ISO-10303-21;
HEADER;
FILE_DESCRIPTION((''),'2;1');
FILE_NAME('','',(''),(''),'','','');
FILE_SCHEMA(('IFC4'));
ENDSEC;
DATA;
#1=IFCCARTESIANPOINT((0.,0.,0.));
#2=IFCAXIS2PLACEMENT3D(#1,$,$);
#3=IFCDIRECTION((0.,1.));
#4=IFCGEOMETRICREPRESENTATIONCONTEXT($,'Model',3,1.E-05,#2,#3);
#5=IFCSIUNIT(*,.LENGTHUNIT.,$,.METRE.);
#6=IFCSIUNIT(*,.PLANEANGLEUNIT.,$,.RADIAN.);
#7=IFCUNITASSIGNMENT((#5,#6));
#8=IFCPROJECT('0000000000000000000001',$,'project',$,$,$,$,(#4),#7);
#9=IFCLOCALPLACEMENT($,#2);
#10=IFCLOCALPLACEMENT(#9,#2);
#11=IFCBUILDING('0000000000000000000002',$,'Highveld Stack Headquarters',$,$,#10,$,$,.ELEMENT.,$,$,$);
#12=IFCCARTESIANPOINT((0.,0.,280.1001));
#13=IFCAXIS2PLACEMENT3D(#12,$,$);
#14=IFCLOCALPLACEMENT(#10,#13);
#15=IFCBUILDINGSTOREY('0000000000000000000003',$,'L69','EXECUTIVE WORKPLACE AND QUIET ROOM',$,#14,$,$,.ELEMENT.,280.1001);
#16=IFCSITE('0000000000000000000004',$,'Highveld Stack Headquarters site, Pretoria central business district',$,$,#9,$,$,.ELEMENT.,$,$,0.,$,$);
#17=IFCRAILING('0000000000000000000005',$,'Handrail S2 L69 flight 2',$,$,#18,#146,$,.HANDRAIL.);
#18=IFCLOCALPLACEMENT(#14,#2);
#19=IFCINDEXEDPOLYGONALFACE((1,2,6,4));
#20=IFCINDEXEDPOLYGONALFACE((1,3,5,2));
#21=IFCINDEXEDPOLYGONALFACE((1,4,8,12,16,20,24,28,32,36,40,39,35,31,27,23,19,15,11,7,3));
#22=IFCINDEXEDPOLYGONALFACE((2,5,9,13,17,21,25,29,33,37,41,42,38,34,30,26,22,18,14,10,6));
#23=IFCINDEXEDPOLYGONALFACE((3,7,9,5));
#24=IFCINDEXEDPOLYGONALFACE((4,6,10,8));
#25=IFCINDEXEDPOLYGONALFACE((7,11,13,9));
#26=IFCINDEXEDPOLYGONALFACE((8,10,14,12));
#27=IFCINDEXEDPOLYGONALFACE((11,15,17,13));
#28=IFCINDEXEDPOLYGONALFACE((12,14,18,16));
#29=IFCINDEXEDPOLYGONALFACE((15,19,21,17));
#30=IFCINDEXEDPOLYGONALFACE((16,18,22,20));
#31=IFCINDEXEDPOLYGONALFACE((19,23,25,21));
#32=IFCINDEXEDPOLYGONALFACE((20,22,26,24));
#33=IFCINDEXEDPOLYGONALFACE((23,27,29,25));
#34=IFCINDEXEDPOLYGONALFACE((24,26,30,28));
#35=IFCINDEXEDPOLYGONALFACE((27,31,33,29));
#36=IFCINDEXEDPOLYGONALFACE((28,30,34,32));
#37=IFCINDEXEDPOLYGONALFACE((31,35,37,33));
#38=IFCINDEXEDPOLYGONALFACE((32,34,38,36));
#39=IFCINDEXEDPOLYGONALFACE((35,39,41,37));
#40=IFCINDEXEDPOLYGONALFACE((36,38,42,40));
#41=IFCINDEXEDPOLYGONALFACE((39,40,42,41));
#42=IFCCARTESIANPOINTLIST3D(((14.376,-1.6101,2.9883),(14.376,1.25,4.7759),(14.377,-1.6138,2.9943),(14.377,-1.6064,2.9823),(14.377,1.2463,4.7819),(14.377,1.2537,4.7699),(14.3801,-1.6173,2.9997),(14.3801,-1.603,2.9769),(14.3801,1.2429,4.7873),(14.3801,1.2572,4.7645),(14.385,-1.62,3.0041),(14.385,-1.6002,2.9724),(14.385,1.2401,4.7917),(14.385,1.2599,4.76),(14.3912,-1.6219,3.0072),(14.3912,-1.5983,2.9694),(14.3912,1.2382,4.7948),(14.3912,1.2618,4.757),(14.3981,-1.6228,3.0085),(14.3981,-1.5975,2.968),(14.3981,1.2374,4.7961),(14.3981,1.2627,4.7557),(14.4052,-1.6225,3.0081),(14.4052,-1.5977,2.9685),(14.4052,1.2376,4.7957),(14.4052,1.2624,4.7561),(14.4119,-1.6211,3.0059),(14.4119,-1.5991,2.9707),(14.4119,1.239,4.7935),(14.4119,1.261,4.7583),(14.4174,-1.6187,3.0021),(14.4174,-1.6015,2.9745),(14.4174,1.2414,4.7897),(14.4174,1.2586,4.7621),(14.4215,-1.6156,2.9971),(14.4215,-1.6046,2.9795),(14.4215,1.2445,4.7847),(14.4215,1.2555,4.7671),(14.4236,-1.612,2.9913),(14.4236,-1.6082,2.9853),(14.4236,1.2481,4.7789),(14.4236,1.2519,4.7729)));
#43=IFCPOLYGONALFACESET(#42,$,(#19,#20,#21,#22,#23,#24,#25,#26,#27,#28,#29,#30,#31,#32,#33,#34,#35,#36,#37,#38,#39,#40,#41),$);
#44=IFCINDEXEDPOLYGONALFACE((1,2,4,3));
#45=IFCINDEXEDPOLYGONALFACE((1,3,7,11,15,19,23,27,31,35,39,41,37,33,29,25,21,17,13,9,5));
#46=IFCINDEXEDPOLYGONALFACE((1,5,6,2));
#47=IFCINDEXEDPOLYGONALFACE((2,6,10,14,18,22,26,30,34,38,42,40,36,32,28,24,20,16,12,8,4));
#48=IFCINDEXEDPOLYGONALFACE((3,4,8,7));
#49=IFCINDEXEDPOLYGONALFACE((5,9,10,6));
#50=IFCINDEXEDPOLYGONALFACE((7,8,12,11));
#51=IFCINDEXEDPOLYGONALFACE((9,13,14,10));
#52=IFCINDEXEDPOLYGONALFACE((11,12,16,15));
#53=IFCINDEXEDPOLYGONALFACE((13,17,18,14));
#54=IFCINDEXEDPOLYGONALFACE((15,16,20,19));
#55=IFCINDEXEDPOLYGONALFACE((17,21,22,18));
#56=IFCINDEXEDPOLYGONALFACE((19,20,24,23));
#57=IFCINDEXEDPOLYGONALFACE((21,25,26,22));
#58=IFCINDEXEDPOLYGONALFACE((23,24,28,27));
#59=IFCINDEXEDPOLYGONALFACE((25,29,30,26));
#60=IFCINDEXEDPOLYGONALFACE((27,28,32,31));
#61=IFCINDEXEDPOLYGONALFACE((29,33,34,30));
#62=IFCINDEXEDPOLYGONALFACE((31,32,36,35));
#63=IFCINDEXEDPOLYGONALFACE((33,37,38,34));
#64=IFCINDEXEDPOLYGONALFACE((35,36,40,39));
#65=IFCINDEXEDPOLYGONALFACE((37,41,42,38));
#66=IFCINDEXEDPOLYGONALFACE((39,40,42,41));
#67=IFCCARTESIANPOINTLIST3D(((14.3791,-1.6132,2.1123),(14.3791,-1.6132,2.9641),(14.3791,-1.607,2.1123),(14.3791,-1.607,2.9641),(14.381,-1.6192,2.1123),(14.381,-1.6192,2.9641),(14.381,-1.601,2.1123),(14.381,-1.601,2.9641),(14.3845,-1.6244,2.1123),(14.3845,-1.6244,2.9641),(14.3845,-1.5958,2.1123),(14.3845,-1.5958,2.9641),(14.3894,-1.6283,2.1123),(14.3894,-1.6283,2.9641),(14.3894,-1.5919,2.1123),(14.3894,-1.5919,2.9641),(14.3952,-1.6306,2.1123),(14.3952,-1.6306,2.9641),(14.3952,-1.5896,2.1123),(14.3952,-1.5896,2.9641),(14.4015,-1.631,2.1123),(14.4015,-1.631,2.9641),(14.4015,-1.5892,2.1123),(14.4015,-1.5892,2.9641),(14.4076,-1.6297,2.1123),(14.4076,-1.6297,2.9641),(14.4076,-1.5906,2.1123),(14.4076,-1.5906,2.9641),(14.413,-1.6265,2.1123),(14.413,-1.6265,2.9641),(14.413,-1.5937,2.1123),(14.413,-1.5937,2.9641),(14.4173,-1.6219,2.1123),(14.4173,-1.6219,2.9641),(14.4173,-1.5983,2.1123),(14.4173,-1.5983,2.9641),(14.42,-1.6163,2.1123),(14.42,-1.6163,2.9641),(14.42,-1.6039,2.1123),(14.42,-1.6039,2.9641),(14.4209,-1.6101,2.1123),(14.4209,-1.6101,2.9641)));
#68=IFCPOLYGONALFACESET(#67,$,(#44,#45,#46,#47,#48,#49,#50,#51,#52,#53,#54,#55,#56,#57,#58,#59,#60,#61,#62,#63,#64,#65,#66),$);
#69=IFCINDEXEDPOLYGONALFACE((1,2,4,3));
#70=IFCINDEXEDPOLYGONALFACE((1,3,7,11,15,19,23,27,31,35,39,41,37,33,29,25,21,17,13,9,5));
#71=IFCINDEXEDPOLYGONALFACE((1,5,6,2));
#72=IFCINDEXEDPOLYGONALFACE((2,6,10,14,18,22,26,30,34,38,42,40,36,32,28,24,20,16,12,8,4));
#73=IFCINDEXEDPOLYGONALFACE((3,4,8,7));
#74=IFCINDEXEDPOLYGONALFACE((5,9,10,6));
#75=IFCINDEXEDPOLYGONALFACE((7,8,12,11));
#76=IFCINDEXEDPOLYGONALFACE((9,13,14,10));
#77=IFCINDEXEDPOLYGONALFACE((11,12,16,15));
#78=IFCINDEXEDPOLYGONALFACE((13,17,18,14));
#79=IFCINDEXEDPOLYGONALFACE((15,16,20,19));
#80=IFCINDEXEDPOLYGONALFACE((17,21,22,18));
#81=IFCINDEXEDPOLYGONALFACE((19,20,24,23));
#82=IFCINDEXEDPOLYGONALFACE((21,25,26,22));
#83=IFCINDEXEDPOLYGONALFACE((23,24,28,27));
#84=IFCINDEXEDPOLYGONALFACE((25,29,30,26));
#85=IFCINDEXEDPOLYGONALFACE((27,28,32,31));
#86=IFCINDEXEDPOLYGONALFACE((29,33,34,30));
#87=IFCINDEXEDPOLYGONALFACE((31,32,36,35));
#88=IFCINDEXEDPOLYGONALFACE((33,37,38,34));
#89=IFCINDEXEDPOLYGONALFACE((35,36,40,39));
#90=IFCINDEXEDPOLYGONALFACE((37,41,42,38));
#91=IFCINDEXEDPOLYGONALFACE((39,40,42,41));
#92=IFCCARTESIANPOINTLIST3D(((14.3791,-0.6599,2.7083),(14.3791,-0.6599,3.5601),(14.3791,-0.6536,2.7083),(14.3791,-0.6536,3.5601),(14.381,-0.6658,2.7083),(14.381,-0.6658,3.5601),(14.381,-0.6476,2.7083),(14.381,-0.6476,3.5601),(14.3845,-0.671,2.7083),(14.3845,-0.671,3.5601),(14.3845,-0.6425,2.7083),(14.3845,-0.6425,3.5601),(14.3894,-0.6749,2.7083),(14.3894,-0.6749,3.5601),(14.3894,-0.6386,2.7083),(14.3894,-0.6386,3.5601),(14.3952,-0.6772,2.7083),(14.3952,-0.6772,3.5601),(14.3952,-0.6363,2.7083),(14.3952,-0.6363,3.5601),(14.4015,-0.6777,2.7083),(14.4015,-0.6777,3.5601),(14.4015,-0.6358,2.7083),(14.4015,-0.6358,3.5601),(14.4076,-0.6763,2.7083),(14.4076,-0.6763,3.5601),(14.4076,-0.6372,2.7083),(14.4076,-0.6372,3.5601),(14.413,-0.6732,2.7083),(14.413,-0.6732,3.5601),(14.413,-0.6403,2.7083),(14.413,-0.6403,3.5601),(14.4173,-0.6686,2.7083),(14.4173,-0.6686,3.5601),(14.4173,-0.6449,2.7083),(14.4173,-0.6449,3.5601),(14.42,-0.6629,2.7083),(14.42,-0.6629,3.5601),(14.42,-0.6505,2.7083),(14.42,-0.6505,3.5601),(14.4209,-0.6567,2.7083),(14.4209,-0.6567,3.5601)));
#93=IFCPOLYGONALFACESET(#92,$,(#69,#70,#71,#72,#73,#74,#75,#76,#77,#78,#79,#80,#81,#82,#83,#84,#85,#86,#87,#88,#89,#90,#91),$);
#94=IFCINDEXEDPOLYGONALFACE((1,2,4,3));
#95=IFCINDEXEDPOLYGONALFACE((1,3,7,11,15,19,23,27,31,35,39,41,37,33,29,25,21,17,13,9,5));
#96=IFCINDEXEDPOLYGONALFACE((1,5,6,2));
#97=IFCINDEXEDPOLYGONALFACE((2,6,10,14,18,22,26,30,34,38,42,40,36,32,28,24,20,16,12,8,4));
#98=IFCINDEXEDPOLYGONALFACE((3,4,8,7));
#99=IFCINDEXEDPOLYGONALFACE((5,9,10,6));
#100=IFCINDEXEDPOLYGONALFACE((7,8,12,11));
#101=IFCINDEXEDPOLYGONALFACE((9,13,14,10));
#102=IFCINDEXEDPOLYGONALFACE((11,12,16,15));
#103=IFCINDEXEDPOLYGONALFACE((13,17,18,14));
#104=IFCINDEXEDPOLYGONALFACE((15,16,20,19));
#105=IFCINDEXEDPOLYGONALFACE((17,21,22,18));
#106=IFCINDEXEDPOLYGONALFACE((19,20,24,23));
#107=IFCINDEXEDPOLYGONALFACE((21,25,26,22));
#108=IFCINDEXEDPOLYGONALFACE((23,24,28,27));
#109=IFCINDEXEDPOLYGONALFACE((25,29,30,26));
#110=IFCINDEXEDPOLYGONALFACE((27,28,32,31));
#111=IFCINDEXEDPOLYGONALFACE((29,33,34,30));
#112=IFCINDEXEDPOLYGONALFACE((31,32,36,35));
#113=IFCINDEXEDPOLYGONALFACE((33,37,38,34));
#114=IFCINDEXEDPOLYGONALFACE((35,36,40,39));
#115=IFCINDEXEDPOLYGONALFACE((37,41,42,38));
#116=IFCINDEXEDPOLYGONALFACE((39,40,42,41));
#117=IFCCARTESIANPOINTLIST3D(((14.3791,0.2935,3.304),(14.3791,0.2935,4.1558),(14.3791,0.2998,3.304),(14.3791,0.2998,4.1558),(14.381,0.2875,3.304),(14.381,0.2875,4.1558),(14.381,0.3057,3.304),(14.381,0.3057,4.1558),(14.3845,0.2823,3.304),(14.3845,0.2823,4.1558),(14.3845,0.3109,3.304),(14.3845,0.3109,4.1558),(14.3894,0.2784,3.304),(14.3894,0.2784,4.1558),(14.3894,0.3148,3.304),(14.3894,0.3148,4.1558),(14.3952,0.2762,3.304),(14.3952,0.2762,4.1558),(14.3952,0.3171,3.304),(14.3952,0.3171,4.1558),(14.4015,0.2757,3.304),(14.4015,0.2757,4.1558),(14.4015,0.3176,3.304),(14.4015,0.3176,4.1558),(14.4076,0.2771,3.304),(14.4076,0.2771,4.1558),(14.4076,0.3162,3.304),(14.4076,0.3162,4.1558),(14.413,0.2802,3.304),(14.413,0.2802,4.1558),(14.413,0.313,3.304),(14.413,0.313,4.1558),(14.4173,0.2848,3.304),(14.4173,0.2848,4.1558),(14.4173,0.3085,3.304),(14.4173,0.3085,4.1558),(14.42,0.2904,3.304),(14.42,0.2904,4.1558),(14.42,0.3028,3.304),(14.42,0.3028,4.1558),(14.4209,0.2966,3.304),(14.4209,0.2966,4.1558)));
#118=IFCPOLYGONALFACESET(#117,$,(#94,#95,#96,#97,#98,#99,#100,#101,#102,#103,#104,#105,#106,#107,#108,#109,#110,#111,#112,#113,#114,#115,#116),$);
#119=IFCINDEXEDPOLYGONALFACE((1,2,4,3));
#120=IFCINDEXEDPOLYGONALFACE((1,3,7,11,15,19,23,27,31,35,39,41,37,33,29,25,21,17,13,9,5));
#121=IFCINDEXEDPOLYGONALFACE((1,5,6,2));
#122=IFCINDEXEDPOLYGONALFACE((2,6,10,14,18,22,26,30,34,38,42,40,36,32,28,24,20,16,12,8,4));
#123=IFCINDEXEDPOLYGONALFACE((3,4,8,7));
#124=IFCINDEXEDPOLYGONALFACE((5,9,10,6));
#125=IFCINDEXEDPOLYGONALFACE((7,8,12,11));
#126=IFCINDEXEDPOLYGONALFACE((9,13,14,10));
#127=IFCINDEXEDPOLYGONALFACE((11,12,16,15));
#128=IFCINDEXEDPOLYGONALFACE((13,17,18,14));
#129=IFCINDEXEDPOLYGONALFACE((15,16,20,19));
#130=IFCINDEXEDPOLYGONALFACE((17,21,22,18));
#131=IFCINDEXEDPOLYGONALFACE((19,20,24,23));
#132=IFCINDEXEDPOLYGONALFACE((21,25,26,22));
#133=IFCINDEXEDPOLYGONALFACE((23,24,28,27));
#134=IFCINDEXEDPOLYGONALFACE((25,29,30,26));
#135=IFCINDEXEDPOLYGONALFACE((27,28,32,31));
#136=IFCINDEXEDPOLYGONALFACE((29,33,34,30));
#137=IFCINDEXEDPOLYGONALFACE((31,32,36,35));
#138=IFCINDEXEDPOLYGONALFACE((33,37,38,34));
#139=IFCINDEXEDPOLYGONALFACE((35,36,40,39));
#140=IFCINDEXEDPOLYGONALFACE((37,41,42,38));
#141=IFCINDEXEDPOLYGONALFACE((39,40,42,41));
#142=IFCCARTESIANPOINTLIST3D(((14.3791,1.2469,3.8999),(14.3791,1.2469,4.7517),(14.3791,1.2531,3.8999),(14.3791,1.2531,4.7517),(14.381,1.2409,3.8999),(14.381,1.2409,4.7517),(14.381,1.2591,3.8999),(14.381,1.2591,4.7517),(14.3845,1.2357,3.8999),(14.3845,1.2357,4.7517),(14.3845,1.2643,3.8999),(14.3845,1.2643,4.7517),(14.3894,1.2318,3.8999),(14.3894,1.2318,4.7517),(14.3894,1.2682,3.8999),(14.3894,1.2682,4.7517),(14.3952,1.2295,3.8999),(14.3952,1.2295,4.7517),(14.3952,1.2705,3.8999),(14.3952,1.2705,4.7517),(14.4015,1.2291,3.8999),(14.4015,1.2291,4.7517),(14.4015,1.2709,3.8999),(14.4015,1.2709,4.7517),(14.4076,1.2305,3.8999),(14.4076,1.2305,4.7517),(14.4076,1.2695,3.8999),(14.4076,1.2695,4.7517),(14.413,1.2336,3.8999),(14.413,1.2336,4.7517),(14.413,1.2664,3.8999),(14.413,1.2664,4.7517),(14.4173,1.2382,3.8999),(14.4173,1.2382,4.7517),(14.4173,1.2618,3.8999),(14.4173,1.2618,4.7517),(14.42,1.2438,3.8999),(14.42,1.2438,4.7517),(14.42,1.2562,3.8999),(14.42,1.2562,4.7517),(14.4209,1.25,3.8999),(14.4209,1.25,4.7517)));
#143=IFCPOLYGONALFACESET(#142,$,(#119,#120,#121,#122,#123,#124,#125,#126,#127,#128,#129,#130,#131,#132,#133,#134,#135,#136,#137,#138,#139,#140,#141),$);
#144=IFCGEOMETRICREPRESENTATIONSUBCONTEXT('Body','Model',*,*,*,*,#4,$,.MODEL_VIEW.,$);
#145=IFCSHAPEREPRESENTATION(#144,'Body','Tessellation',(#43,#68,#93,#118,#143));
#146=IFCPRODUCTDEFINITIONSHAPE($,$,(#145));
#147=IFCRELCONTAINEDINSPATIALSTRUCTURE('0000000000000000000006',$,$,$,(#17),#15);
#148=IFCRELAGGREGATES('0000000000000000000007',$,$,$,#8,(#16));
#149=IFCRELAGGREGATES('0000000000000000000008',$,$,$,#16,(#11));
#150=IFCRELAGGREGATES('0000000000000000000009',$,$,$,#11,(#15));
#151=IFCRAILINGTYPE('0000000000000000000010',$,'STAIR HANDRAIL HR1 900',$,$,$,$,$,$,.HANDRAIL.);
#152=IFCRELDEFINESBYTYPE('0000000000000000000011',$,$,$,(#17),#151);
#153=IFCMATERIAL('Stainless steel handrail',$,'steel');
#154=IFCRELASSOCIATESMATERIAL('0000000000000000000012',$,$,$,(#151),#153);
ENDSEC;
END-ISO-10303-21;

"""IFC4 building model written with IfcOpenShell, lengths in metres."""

from ifc_helpers import new_model, si_unit, direction, frame, origin, origin_2d, place, context, subcontext, project, spatial, circle, extrude, material, type_object, element, save


model = new_model("IFC4")

# Units and contexts
model_context = context("Model", 3, precision=1e-05, world=origin(), true_north=direction((0.0, 1.0)))
body_context = subcontext(model_context, "Body", "Model", "MODEL_VIEW")
ifc_project = project(units=[si_unit("LENGTHUNIT", "METRE"), si_unit("PLANEANGLEUNIT", "RADIAN")], contexts=[model_context])

# Site, building, storey
site_placement = place(None, origin())
site = spatial("IfcSite", under=ifc_project, at=site_placement, Name="Highveld Stack Headquarters site, Pretoria central business district", CompositionType="ELEMENT", RefElevation=0.0)
building_placement = place(site_placement, origin())
building = spatial("IfcBuilding", under=site, at=building_placement, Name="Highveld Stack Headquarters", CompositionType="ELEMENT")
storey_placement = place(building_placement, frame((0.0, 0.0, 280.1001)))
storey = spatial("IfcBuildingStorey", under=building, at=storey_placement, Name="L69", Description="EXECUTIVE WORKPLACE AND QUIET ROOM", CompositionType="ELEMENT", Elevation=280.1001)

# Railing
ifc_material_1 = material(Name="Stainless steel handrail", Category="steel")
railing_type = type_object("IfcRailingType", Name="STAIR HANDRAIL HR1 900", PredefinedType="HANDRAIL", material=ifc_material_1)
for number, where, name in (
    (1, (14.3999, -1.6101, 2.1123), "Handrail S2 L69 flight 2"),
):
    element("IfcRailing", number, at=place(storey_placement, frame(where)), inside=storey, type_object=railing_type, Name=name, PredefinedType="HANDRAIL", context=body_context, shape_type="SweptSolid", body=[
        extrude(circle(Radius=0.0239, at=origin_2d()), frame((0.0, 0.0, 0.876), z_axis=(0.0, 0.847994, 0.530005), x_axis=(-1.0, 0.0, 0.0)), (0.0, 0.0, 1.0), 3.3728),
        extrude(circle(Radius=0.021, at=origin_2d()), origin(), (0.0, 0.0, 1.0), 0.8518),
        extrude(circle(Radius=0.021, at=origin_2d()), frame((0.0, 0.9534, 0.5959)), (0.0, 0.0, 1.0), 0.8518),
        extrude(circle(Radius=0.021, at=origin_2d()), frame((0.0, 1.9067, 1.1917)), (0.0, 0.0, 1.0), 0.8518),
        extrude(circle(Radius=0.021, at=origin_2d()), frame((0.0, 2.8601, 1.7876)), (0.0, 0.0, 1.0), 0.8518),
    ])

save(model, "model.ifc")
